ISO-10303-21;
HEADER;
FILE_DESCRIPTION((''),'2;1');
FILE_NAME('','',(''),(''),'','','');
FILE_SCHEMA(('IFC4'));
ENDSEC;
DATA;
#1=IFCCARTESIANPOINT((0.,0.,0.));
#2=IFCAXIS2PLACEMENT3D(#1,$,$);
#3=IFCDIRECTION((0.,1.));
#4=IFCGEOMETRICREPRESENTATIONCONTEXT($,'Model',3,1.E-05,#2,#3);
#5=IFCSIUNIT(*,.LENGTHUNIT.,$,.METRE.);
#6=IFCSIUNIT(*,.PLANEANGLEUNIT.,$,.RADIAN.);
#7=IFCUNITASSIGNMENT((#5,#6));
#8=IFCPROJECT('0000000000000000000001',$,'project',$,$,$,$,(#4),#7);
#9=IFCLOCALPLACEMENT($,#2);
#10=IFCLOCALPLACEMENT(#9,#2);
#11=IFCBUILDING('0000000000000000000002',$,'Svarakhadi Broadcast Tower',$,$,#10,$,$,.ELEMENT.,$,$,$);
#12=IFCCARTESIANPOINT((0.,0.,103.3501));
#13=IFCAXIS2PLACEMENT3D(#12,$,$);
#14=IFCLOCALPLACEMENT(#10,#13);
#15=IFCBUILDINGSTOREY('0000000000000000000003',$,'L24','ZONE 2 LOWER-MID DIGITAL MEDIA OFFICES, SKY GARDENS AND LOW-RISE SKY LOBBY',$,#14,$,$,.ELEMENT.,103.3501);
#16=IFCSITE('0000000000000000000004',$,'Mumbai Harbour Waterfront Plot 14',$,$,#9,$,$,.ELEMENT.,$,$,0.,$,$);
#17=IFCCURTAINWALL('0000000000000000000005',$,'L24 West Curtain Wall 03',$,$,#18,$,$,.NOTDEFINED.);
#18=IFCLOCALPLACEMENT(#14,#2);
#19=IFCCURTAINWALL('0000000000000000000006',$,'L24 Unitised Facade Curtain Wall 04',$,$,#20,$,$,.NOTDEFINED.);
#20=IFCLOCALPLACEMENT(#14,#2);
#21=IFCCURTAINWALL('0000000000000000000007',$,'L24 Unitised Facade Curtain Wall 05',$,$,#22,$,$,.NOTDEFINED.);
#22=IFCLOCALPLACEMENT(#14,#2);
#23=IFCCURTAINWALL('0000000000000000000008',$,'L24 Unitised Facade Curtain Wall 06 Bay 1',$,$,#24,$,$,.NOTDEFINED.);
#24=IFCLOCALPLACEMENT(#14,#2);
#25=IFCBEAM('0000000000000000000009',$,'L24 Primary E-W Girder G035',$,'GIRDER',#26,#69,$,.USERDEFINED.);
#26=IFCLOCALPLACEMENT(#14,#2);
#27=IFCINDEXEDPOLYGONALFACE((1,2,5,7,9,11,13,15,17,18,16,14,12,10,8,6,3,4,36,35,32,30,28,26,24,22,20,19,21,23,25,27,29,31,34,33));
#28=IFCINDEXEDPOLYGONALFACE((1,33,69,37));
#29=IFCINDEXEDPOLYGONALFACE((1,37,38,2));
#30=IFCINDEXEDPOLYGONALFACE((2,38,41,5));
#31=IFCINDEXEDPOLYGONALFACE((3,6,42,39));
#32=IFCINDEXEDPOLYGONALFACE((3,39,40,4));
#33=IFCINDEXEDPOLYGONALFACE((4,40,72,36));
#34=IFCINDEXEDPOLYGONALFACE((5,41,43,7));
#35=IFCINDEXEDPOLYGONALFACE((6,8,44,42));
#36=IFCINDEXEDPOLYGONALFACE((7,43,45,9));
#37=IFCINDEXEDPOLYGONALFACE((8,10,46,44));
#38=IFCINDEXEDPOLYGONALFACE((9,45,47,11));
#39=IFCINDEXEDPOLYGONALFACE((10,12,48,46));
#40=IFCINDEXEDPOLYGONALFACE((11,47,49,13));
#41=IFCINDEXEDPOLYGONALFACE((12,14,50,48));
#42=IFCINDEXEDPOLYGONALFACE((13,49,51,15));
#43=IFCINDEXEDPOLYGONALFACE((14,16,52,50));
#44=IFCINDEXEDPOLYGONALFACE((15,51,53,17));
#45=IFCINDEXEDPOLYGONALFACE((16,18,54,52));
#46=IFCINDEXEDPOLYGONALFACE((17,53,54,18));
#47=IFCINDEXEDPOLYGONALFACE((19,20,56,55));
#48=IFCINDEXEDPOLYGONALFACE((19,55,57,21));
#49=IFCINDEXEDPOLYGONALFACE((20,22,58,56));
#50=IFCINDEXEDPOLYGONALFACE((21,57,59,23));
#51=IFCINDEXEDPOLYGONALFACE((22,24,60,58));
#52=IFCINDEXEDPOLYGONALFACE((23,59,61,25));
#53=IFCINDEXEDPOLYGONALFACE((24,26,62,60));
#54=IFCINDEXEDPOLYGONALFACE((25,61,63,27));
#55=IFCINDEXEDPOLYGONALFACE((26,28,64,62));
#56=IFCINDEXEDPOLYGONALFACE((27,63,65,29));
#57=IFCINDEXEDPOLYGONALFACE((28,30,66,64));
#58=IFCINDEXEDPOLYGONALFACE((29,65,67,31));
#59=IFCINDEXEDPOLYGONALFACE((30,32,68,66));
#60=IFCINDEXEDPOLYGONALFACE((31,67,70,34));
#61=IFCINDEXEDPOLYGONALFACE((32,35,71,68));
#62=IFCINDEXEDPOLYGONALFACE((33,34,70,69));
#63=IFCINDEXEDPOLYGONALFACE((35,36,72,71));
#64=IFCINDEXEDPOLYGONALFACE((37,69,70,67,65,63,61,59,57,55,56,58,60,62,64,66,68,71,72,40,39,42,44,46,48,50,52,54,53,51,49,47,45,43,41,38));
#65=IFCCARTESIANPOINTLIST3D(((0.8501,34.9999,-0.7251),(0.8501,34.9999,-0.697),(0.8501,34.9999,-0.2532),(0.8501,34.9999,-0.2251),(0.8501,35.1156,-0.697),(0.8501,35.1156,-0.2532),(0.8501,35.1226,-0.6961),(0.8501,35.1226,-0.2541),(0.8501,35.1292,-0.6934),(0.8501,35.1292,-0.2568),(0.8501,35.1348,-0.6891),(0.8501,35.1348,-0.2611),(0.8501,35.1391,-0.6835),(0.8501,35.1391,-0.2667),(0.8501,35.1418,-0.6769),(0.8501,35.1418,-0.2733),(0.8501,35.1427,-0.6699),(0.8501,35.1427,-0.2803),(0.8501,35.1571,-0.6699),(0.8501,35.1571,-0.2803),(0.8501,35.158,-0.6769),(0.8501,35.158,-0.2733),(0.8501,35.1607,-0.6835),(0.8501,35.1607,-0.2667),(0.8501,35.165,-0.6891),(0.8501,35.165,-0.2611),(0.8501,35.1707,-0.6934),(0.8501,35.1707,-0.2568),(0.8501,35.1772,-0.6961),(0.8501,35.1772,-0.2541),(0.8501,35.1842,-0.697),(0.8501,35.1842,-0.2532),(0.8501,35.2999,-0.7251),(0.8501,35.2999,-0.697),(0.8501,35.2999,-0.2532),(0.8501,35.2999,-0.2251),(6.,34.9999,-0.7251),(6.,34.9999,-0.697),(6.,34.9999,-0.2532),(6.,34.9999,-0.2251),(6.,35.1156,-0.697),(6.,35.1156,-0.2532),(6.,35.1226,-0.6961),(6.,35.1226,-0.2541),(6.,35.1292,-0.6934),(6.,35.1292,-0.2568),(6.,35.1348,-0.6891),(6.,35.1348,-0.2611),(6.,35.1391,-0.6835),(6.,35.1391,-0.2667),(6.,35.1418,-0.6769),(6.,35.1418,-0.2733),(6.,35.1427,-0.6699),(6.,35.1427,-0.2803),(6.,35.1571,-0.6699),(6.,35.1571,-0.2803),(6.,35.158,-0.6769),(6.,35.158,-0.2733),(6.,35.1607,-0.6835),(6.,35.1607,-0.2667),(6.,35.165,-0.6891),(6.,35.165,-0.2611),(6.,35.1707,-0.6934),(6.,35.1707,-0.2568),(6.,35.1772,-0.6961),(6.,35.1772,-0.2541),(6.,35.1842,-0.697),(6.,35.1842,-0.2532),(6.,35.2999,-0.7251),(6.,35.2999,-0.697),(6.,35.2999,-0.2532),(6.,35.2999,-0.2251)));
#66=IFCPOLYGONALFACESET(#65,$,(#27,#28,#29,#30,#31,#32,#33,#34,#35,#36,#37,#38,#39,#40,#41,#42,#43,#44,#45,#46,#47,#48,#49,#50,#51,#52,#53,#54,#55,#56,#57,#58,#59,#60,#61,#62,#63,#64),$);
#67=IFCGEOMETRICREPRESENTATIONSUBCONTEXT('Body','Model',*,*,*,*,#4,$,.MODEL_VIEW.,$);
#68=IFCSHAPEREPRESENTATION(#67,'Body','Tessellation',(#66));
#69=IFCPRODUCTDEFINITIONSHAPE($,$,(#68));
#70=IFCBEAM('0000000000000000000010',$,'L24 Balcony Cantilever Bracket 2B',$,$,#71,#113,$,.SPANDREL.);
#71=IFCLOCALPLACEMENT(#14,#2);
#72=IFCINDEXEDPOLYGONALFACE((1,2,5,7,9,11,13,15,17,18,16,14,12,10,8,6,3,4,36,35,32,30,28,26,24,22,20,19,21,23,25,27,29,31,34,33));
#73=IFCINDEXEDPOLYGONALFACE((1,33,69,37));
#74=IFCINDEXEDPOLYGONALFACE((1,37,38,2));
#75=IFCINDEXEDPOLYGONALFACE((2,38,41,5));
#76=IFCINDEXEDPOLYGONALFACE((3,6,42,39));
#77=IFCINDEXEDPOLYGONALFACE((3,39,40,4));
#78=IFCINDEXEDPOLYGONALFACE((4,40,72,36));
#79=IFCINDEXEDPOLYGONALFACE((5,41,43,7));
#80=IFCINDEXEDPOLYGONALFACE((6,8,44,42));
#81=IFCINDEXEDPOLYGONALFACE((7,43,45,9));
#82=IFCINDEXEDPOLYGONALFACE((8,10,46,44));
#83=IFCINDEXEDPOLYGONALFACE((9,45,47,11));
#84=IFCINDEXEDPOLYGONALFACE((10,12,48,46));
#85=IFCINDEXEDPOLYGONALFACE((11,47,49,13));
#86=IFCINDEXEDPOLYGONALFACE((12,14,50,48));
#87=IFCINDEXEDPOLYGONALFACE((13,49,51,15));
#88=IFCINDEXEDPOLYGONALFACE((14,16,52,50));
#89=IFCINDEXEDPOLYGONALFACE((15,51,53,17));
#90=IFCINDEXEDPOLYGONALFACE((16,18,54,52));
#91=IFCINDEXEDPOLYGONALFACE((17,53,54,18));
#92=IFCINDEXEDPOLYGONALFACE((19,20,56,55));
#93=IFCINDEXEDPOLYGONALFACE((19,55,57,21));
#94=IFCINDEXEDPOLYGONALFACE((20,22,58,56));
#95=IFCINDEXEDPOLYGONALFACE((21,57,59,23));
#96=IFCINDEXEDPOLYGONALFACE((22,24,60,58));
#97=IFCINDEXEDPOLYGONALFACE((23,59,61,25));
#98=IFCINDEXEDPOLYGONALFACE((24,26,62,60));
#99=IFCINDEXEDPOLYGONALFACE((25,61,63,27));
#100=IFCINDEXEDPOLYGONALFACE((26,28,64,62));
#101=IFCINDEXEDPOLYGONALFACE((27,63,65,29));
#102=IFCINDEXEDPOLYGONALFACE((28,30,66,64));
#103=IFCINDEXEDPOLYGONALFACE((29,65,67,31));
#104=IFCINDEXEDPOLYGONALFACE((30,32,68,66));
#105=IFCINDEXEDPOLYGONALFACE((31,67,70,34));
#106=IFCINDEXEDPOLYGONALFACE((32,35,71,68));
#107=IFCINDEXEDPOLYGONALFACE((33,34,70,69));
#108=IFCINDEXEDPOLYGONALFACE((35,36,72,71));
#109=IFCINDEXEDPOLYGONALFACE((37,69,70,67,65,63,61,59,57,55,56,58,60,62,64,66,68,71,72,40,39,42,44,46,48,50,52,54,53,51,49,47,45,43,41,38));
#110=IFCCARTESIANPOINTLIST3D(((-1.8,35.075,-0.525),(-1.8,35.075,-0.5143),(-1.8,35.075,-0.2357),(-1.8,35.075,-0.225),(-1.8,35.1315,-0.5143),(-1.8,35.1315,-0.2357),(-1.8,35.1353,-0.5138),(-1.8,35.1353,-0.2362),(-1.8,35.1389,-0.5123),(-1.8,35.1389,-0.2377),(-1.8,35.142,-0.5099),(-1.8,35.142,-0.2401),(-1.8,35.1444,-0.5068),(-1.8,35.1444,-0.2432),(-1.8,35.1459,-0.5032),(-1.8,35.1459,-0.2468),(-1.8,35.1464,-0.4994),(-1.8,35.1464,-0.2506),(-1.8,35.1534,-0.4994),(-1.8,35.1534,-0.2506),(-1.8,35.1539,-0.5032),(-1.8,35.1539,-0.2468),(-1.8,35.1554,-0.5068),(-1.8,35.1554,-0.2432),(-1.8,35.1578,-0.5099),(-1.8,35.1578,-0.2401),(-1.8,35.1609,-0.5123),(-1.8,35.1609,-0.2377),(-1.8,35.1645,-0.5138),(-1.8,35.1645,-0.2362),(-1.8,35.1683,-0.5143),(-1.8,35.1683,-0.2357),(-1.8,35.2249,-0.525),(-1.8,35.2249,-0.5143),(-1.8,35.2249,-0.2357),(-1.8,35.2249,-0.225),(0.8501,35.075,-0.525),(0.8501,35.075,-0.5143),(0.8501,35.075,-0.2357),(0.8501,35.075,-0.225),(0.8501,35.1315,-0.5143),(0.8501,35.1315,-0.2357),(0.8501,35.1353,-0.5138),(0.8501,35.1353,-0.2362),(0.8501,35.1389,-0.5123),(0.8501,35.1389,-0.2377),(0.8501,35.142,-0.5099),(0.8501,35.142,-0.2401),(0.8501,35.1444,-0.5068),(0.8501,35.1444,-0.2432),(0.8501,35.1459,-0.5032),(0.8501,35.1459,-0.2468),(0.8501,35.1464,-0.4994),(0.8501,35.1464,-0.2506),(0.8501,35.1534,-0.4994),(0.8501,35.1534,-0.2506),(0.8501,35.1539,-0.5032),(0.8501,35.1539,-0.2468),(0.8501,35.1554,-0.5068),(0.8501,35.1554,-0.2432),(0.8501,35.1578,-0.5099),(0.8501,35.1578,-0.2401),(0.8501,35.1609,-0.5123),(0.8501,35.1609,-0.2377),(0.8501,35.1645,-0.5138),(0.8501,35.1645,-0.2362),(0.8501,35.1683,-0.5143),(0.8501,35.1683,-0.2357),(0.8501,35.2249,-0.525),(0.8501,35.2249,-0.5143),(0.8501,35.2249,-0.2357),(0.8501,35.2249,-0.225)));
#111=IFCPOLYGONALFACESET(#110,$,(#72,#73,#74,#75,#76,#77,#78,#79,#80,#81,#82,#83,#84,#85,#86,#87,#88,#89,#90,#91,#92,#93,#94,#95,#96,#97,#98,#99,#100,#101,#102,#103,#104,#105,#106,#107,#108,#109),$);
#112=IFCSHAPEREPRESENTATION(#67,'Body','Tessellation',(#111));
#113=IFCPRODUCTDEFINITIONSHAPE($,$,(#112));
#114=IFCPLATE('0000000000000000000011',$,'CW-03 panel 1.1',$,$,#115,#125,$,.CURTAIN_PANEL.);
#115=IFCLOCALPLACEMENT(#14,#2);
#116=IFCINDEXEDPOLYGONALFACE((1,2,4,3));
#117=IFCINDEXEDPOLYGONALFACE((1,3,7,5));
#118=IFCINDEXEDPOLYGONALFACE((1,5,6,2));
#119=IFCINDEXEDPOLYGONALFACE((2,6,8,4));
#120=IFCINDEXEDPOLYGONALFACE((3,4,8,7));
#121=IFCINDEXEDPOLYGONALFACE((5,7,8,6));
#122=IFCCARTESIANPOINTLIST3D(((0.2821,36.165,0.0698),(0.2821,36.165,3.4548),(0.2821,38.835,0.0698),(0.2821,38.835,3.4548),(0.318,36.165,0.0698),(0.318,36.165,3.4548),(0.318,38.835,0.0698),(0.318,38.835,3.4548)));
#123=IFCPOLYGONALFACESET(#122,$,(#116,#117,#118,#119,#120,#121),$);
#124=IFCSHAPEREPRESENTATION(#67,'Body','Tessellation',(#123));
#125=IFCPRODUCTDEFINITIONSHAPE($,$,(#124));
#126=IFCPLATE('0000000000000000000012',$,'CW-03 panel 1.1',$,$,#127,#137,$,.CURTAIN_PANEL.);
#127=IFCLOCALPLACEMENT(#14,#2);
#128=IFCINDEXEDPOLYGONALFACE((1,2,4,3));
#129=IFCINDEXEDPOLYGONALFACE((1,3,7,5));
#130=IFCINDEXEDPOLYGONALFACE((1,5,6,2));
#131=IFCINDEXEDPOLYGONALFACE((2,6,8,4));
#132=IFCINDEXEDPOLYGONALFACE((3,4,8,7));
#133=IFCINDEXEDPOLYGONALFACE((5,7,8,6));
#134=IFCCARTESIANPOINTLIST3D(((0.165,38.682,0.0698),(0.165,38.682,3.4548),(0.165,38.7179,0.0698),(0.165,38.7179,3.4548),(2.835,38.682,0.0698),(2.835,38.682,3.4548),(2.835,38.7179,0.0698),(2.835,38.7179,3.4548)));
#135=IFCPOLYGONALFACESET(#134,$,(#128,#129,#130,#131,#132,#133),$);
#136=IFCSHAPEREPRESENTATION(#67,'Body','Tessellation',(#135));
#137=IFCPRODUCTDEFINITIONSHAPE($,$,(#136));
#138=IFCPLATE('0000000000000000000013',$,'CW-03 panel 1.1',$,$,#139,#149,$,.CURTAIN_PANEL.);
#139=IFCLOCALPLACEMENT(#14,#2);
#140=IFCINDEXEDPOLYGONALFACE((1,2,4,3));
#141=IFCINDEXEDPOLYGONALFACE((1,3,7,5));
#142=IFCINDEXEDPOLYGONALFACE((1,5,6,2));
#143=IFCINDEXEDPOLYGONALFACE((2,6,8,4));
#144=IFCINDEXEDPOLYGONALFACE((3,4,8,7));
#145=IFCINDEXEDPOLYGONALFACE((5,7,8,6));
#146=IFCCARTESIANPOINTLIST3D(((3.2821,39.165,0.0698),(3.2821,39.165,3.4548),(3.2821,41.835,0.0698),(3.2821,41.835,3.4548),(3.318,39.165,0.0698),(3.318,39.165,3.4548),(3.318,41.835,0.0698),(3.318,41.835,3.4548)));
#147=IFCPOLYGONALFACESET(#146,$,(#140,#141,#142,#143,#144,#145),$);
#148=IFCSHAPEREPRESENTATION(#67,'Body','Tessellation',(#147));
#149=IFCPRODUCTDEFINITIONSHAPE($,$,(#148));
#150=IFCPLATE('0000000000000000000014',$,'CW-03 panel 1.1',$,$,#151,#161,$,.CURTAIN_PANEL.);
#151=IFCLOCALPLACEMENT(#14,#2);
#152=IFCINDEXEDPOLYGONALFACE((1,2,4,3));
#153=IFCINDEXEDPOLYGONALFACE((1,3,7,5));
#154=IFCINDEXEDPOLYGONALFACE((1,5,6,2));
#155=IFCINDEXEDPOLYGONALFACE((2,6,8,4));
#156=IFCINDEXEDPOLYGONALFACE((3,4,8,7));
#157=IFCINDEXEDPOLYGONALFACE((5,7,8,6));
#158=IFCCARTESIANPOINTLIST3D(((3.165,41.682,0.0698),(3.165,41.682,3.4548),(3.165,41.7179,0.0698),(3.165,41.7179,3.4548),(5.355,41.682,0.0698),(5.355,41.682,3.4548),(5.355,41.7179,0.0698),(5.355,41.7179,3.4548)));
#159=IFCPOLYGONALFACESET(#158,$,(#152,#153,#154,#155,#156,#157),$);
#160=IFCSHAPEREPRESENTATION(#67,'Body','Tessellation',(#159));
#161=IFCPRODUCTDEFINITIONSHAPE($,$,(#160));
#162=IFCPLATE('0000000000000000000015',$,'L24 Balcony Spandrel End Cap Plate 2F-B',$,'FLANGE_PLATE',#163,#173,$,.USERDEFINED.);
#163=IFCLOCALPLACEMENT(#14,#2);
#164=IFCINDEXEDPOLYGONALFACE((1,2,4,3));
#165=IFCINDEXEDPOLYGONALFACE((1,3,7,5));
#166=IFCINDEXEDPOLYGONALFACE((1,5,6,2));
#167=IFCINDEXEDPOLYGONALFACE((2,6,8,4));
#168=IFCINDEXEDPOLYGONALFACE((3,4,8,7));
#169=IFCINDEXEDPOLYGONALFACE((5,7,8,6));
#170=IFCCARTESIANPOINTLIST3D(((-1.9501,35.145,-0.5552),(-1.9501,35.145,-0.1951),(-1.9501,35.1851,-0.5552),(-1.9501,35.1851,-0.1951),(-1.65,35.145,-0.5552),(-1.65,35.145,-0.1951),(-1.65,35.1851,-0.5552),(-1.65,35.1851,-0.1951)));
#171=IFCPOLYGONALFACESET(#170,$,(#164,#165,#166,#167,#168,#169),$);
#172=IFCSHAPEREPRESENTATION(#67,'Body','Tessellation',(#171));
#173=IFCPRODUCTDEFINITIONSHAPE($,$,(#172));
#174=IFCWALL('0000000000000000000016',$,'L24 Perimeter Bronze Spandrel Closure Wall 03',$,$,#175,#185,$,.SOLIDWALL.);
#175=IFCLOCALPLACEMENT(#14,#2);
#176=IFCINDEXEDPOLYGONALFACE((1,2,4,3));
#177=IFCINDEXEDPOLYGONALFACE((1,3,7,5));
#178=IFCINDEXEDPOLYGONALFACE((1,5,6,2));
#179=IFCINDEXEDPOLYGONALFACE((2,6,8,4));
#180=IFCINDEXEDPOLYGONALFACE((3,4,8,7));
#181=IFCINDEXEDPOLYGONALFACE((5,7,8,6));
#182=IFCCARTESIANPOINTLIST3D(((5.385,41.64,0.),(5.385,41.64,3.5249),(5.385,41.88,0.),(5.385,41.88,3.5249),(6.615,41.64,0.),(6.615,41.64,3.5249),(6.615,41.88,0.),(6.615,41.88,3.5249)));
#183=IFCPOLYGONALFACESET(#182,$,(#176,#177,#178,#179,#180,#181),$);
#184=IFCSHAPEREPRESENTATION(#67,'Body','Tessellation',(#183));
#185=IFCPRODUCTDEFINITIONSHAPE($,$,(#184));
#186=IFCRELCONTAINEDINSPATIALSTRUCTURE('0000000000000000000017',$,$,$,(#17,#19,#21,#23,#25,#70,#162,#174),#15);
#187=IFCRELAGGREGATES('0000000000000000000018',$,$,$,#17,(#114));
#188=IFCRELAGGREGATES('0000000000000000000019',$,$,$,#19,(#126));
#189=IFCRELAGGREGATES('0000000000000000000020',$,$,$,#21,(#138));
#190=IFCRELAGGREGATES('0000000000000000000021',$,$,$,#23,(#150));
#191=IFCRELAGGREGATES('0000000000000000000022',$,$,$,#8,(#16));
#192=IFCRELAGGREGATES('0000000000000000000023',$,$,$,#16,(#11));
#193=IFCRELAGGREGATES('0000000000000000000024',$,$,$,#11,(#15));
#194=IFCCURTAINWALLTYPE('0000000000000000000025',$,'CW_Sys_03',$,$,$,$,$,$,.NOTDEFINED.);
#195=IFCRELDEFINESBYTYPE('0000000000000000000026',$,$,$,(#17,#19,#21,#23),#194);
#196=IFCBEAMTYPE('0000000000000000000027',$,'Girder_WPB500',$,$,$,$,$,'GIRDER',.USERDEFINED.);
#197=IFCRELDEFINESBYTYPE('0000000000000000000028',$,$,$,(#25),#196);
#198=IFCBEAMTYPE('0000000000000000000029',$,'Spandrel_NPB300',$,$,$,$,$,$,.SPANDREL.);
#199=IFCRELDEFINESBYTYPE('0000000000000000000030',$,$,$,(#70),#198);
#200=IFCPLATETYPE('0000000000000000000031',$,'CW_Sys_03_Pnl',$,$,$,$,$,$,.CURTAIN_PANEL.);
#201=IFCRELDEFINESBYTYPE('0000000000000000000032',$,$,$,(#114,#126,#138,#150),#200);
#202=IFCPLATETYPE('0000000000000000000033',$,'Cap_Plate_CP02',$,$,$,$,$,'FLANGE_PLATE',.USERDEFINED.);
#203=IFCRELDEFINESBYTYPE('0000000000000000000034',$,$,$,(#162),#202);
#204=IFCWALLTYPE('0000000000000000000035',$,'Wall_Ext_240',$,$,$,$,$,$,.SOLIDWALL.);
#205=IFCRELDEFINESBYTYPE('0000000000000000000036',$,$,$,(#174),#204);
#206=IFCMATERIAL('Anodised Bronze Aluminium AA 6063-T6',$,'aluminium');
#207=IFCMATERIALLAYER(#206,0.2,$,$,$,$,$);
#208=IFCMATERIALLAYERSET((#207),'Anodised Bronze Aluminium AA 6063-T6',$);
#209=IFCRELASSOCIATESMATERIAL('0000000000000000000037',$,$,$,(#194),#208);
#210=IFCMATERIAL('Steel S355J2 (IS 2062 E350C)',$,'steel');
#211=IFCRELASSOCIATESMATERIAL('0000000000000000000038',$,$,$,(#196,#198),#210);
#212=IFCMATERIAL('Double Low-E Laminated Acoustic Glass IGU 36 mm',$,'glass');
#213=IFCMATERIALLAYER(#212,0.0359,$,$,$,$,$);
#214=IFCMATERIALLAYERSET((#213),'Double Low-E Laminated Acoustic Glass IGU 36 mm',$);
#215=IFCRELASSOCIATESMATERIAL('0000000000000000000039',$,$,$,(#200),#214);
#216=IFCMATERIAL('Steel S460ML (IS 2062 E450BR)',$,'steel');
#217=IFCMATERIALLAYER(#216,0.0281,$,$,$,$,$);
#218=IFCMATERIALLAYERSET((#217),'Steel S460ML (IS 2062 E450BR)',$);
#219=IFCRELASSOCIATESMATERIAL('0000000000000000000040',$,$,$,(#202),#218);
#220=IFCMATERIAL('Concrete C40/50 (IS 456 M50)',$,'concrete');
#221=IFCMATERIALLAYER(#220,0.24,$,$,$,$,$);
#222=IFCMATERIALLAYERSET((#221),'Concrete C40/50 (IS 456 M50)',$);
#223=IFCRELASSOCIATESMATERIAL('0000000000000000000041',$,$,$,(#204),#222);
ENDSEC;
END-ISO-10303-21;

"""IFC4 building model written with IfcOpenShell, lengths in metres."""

from ifc_helpers import new_model, si_unit, direction, frame, frame_2d, origin, origin_2d, place, context, subcontext, project, spatial, rectangle, i_section, extrude, material, layer, layer_set, material_profile, profile_set, type_object, element, aggregate, save


model = new_model("IFC4")

# Units and contexts
model_context = context("Model", 3, precision=1e-05, world=origin(), true_north=direction((0.0, 1.0)))
body_context = subcontext(model_context, "Body", "Model", "MODEL_VIEW")
ifc_project = project(units=[si_unit("LENGTHUNIT", "METRE"), si_unit("PLANEANGLEUNIT", "RADIAN")], contexts=[model_context])

# Site, building, storey
site_placement = place(None, origin())
site = spatial("IfcSite", under=ifc_project, at=site_placement, Name="Mumbai Harbour Waterfront Plot 14", CompositionType="ELEMENT", RefElevation=0.0)
building_placement = place(site_placement, origin())
building = spatial("IfcBuilding", under=site, at=building_placement, Name="Svarakhadi Broadcast Tower", CompositionType="ELEMENT")
storey_placement = place(building_placement, frame((0.0, 0.0, 103.3501)))
storey = spatial("IfcBuildingStorey", under=building, at=storey_placement, Name="L24", Description="ZONE 2 LOWER-MID DIGITAL MEDIA OFFICES, SKY GARDENS AND LOW-RISE SKY LOBBY", CompositionType="ELEMENT", Elevation=103.3501)

# Shared definitions
ifc_material_1 = material(Name="Steel S460ML (IS 2062 E450BR)", Category="steel")

# Curtain walls
ifc_material_2 = material(Name="Anodised Bronze Aluminium AA 6063-T6", Category="aluminium")
ifc_layer_1 = layer(ifc_material_2, 0.2)
ifc_layer_set_1 = layer_set([ifc_layer_1], Name="Anodised Bronze Aluminium AA 6063-T6")
curtain_wall_type = type_object("IfcCurtainWallType", Name="CW_Sys_03", PredefinedType="NOTDEFINED", material=ifc_layer_set_1)
curtain_wall_1_placement = place(storey_placement, origin())
curtain_wall_1 = element("IfcCurtainWall", 1, at=curtain_wall_1_placement, inside=storey, type_object=curtain_wall_type, Name="L24 West Curtain Wall 03", PredefinedType="NOTDEFINED")
curtain_wall_2_placement = place(storey_placement, origin())
curtain_wall_2 = element("IfcCurtainWall", 2, at=curtain_wall_2_placement, inside=storey, type_object=curtain_wall_type, Name="L24 Unitised Facade Curtain Wall 04", PredefinedType="NOTDEFINED")
curtain_wall_3_placement = place(storey_placement, origin())
curtain_wall_3 = element("IfcCurtainWall", 3, at=curtain_wall_3_placement, inside=storey, type_object=curtain_wall_type, Name="L24 Unitised Facade Curtain Wall 05", PredefinedType="NOTDEFINED")
curtain_wall_4_placement = place(storey_placement, origin())
curtain_wall_4 = element("IfcCurtainWall", 4, at=curtain_wall_4_placement, inside=storey, type_object=curtain_wall_type, Name="L24 Unitised Facade Curtain Wall 06 Bay 1", PredefinedType="NOTDEFINED")

# Beams
ifc_material_3 = material(Name="Steel S355J2 (IS 2062 E350C)", Category="steel")
ifc_material_profile_1 = material_profile(ifc_material_3, i_section(OverallWidth=0.3, OverallDepth=0.5, WebThickness=0.0144, FlangeThickness=0.0281, FilletRadius=0.0271, at=origin_2d()), Name="WPB 500x300x187")
ifc_profile_set_1 = profile_set([ifc_material_profile_1], Name="Steel S355J2 (IS 2062 E350C)")
beam_type_1 = type_object("IfcBeamType", Name="Girder_WPB500", ElementType="GIRDER", PredefinedType="USERDEFINED", material=ifc_profile_set_1)
beam_1_placement = place(storey_placement, frame((0.8501, 35.1499, -0.4751), z_axis=(1.0, 0.0, 0.0), x_axis=(0.0, 1.0, 0.0)))
element("IfcBeam", 5, at=beam_1_placement, inside=storey, type_object=beam_type_1, Name="L24 Primary E-W Girder G035", ObjectType="GIRDER", PredefinedType="USERDEFINED", context=body_context, shape_type="SweptSolid", body=[
    extrude(i_section(OverallWidth=0.3, OverallDepth=0.5, WebThickness=0.0144, FlangeThickness=0.0281, FilletRadius=0.0271, at=origin_2d()), origin(), (0.0, 0.0, 1.0), 5.1499),
])
ifc_material_profile_2 = material_profile(ifc_material_3, i_section(OverallWidth=0.1499, OverallDepth=0.3, WebThickness=0.0071, FlangeThickness=0.0107, FilletRadius=0.0149, at=origin_2d()), Name="NPB 300x150x37")
ifc_profile_set_2 = profile_set([ifc_material_profile_2], Name="Steel S355J2 (IS 2062 E350C)")
beam_type_2 = type_object("IfcBeamType", Name="Spandrel_NPB300", PredefinedType="SPANDREL", material=ifc_profile_set_2)
beam_2_placement = place(storey_placement, frame((0.8501, 35.1499, -0.375), z_axis=(-1.0, 0.0, 0.0), x_axis=(0.0, -1.0, 0.0)))
element("IfcBeam", 6, at=beam_2_placement, inside=storey, type_object=beam_type_2, Name="L24 Balcony Cantilever Bracket 2B", PredefinedType="SPANDREL", context=body_context, shape_type="SweptSolid", body=[
    extrude(i_section(OverallWidth=0.1499, OverallDepth=0.3, WebThickness=0.0071, FlangeThickness=0.0107, FilletRadius=0.0149, at=origin_2d()), origin(), (0.0, 0.0, 1.0), 2.6501),
])

# Plates
ifc_material_4 = material(Name="Double Low-E Laminated Acoustic Glass IGU 36 mm", Category="glass")
ifc_layer_2 = layer(ifc_material_4, 0.0359)
ifc_layer_set_2 = layer_set([ifc_layer_2], Name="Double Low-E Laminated Acoustic Glass IGU 36 mm")
plate_type_1 = type_object("IfcPlateType", Name="CW_Sys_03_Pnl", PredefinedType="CURTAIN_PANEL", material=ifc_layer_set_2)
plate_1_placement = place(storey_placement, frame((0.3, 37.5, 0.0698), z_axis=(0.0, 0.0, 1.0), x_axis=(0.0, 1.0, 0.0)))
plate_1 = element("IfcPlate", 7, at=plate_1_placement, type_object=plate_type_1, Name="CW-03 panel 1.1", PredefinedType="CURTAIN_PANEL", context=body_context, shape_type="SweptSolid", body=[
    extrude(rectangle(XDim=2.6699, YDim=0.0359, at=origin_2d()), origin(), (0.0, 0.0, 1.0), 3.385),
])
aggregate(curtain_wall_1, [plate_1])
plate_2_placement = place(storey_placement, frame((1.5, 38.7, 0.0698), z_axis=(0.0, 0.0, 1.0), x_axis=(1.0, 0.0, 0.0)))
plate_2 = element("IfcPlate", 8, at=plate_2_placement, type_object=plate_type_1, Name="CW-03 panel 1.1", PredefinedType="CURTAIN_PANEL", context=body_context, shape_type="SweptSolid", body=[
    extrude(rectangle(XDim=2.6699, YDim=0.0359, at=origin_2d()), origin(), (0.0, 0.0, 1.0), 3.385),
])
aggregate(curtain_wall_2, [plate_2])
plate_3_placement = place(storey_placement, frame((3.3, 40.5, 0.0698), z_axis=(0.0, 0.0, 1.0), x_axis=(0.0, 1.0, 0.0)))
plate_3 = element("IfcPlate", 9, at=plate_3_placement, type_object=plate_type_1, Name="CW-03 panel 1.1", PredefinedType="CURTAIN_PANEL", context=body_context, shape_type="SweptSolid", body=[
    extrude(rectangle(XDim=2.6699, YDim=0.0359, at=origin_2d()), origin(), (0.0, 0.0, 1.0), 3.385),
])
aggregate(curtain_wall_3, [plate_3])
plate_4_placement = place(storey_placement, frame((4.26, 41.7, 0.0698), z_axis=(0.0, 0.0, 1.0), x_axis=(1.0, 0.0, 0.0)))
plate_4 = element("IfcPlate", 10, at=plate_4_placement, type_object=plate_type_1, Name="CW-03 panel 1.1", PredefinedType="CURTAIN_PANEL", context=body_context, shape_type="SweptSolid", body=[
    extrude(rectangle(XDim=2.1899, YDim=0.0359, at=origin_2d()), origin(), (0.0, 0.0, 1.0), 3.385),
])
aggregate(curtain_wall_4, [plate_4])
ifc_layer_3 = layer(ifc_material_1, 0.0281)
ifc_layer_set_3 = layer_set([ifc_layer_3], Name="Steel S460ML (IS 2062 E450BR)")
plate_type_2 = type_object("IfcPlateType", Name="Cap_Plate_CP02", ElementType="FLANGE_PLATE", PredefinedType="USERDEFINED", material=ifc_layer_set_3)
plate_5_placement = place(storey_placement, frame((-1.8, 35.165, -0.5552), z_axis=(0.0, 0.0, 1.0), x_axis=(1.0, 0.0, 0.0)))
element("IfcPlate", 11, at=plate_5_placement, inside=storey, type_object=plate_type_2, Name="L24 Balcony Spandrel End Cap Plate 2F-B", ObjectType="FLANGE_PLATE", PredefinedType="USERDEFINED", context=body_context, shape_type="SweptSolid", body=[
    extrude(rectangle(XDim=0.3, YDim=0.04, at=origin_2d()), origin(), (0.0, 0.0, 1.0), 0.3601),
])

# Wall
ifc_material_5 = material(Name="Concrete C40/50 (IS 456 M50)", Category="concrete")
ifc_layer_4 = layer(ifc_material_5, 0.24)
ifc_layer_set_4 = layer_set([ifc_layer_4], Name="Concrete C40/50 (IS 456 M50)")
wall_type_1 = type_object("IfcWallType", Name="Wall_Ext_240", PredefinedType="SOLIDWALL", material=ifc_layer_set_4)
wall_1_placement = place(storey_placement, frame((5.385, 41.76, 0.0), z_axis=(0.0, 0.0, 1.0), x_axis=(1.0, 0.0, 0.0)))
element("IfcWall", 12, at=wall_1_placement, inside=storey, type_object=wall_type_1, Name="L24 Perimeter Bronze Spandrel Closure Wall 03", PredefinedType="SOLIDWALL", context=body_context, shape_type="SweptSolid", body=[
    extrude(rectangle(XDim=1.23, YDim=0.24, at=frame_2d((0.615, 0.0))), origin(), (0.0, 0.0, 1.0), 3.5249),
])

save(model, "model.ifc")
